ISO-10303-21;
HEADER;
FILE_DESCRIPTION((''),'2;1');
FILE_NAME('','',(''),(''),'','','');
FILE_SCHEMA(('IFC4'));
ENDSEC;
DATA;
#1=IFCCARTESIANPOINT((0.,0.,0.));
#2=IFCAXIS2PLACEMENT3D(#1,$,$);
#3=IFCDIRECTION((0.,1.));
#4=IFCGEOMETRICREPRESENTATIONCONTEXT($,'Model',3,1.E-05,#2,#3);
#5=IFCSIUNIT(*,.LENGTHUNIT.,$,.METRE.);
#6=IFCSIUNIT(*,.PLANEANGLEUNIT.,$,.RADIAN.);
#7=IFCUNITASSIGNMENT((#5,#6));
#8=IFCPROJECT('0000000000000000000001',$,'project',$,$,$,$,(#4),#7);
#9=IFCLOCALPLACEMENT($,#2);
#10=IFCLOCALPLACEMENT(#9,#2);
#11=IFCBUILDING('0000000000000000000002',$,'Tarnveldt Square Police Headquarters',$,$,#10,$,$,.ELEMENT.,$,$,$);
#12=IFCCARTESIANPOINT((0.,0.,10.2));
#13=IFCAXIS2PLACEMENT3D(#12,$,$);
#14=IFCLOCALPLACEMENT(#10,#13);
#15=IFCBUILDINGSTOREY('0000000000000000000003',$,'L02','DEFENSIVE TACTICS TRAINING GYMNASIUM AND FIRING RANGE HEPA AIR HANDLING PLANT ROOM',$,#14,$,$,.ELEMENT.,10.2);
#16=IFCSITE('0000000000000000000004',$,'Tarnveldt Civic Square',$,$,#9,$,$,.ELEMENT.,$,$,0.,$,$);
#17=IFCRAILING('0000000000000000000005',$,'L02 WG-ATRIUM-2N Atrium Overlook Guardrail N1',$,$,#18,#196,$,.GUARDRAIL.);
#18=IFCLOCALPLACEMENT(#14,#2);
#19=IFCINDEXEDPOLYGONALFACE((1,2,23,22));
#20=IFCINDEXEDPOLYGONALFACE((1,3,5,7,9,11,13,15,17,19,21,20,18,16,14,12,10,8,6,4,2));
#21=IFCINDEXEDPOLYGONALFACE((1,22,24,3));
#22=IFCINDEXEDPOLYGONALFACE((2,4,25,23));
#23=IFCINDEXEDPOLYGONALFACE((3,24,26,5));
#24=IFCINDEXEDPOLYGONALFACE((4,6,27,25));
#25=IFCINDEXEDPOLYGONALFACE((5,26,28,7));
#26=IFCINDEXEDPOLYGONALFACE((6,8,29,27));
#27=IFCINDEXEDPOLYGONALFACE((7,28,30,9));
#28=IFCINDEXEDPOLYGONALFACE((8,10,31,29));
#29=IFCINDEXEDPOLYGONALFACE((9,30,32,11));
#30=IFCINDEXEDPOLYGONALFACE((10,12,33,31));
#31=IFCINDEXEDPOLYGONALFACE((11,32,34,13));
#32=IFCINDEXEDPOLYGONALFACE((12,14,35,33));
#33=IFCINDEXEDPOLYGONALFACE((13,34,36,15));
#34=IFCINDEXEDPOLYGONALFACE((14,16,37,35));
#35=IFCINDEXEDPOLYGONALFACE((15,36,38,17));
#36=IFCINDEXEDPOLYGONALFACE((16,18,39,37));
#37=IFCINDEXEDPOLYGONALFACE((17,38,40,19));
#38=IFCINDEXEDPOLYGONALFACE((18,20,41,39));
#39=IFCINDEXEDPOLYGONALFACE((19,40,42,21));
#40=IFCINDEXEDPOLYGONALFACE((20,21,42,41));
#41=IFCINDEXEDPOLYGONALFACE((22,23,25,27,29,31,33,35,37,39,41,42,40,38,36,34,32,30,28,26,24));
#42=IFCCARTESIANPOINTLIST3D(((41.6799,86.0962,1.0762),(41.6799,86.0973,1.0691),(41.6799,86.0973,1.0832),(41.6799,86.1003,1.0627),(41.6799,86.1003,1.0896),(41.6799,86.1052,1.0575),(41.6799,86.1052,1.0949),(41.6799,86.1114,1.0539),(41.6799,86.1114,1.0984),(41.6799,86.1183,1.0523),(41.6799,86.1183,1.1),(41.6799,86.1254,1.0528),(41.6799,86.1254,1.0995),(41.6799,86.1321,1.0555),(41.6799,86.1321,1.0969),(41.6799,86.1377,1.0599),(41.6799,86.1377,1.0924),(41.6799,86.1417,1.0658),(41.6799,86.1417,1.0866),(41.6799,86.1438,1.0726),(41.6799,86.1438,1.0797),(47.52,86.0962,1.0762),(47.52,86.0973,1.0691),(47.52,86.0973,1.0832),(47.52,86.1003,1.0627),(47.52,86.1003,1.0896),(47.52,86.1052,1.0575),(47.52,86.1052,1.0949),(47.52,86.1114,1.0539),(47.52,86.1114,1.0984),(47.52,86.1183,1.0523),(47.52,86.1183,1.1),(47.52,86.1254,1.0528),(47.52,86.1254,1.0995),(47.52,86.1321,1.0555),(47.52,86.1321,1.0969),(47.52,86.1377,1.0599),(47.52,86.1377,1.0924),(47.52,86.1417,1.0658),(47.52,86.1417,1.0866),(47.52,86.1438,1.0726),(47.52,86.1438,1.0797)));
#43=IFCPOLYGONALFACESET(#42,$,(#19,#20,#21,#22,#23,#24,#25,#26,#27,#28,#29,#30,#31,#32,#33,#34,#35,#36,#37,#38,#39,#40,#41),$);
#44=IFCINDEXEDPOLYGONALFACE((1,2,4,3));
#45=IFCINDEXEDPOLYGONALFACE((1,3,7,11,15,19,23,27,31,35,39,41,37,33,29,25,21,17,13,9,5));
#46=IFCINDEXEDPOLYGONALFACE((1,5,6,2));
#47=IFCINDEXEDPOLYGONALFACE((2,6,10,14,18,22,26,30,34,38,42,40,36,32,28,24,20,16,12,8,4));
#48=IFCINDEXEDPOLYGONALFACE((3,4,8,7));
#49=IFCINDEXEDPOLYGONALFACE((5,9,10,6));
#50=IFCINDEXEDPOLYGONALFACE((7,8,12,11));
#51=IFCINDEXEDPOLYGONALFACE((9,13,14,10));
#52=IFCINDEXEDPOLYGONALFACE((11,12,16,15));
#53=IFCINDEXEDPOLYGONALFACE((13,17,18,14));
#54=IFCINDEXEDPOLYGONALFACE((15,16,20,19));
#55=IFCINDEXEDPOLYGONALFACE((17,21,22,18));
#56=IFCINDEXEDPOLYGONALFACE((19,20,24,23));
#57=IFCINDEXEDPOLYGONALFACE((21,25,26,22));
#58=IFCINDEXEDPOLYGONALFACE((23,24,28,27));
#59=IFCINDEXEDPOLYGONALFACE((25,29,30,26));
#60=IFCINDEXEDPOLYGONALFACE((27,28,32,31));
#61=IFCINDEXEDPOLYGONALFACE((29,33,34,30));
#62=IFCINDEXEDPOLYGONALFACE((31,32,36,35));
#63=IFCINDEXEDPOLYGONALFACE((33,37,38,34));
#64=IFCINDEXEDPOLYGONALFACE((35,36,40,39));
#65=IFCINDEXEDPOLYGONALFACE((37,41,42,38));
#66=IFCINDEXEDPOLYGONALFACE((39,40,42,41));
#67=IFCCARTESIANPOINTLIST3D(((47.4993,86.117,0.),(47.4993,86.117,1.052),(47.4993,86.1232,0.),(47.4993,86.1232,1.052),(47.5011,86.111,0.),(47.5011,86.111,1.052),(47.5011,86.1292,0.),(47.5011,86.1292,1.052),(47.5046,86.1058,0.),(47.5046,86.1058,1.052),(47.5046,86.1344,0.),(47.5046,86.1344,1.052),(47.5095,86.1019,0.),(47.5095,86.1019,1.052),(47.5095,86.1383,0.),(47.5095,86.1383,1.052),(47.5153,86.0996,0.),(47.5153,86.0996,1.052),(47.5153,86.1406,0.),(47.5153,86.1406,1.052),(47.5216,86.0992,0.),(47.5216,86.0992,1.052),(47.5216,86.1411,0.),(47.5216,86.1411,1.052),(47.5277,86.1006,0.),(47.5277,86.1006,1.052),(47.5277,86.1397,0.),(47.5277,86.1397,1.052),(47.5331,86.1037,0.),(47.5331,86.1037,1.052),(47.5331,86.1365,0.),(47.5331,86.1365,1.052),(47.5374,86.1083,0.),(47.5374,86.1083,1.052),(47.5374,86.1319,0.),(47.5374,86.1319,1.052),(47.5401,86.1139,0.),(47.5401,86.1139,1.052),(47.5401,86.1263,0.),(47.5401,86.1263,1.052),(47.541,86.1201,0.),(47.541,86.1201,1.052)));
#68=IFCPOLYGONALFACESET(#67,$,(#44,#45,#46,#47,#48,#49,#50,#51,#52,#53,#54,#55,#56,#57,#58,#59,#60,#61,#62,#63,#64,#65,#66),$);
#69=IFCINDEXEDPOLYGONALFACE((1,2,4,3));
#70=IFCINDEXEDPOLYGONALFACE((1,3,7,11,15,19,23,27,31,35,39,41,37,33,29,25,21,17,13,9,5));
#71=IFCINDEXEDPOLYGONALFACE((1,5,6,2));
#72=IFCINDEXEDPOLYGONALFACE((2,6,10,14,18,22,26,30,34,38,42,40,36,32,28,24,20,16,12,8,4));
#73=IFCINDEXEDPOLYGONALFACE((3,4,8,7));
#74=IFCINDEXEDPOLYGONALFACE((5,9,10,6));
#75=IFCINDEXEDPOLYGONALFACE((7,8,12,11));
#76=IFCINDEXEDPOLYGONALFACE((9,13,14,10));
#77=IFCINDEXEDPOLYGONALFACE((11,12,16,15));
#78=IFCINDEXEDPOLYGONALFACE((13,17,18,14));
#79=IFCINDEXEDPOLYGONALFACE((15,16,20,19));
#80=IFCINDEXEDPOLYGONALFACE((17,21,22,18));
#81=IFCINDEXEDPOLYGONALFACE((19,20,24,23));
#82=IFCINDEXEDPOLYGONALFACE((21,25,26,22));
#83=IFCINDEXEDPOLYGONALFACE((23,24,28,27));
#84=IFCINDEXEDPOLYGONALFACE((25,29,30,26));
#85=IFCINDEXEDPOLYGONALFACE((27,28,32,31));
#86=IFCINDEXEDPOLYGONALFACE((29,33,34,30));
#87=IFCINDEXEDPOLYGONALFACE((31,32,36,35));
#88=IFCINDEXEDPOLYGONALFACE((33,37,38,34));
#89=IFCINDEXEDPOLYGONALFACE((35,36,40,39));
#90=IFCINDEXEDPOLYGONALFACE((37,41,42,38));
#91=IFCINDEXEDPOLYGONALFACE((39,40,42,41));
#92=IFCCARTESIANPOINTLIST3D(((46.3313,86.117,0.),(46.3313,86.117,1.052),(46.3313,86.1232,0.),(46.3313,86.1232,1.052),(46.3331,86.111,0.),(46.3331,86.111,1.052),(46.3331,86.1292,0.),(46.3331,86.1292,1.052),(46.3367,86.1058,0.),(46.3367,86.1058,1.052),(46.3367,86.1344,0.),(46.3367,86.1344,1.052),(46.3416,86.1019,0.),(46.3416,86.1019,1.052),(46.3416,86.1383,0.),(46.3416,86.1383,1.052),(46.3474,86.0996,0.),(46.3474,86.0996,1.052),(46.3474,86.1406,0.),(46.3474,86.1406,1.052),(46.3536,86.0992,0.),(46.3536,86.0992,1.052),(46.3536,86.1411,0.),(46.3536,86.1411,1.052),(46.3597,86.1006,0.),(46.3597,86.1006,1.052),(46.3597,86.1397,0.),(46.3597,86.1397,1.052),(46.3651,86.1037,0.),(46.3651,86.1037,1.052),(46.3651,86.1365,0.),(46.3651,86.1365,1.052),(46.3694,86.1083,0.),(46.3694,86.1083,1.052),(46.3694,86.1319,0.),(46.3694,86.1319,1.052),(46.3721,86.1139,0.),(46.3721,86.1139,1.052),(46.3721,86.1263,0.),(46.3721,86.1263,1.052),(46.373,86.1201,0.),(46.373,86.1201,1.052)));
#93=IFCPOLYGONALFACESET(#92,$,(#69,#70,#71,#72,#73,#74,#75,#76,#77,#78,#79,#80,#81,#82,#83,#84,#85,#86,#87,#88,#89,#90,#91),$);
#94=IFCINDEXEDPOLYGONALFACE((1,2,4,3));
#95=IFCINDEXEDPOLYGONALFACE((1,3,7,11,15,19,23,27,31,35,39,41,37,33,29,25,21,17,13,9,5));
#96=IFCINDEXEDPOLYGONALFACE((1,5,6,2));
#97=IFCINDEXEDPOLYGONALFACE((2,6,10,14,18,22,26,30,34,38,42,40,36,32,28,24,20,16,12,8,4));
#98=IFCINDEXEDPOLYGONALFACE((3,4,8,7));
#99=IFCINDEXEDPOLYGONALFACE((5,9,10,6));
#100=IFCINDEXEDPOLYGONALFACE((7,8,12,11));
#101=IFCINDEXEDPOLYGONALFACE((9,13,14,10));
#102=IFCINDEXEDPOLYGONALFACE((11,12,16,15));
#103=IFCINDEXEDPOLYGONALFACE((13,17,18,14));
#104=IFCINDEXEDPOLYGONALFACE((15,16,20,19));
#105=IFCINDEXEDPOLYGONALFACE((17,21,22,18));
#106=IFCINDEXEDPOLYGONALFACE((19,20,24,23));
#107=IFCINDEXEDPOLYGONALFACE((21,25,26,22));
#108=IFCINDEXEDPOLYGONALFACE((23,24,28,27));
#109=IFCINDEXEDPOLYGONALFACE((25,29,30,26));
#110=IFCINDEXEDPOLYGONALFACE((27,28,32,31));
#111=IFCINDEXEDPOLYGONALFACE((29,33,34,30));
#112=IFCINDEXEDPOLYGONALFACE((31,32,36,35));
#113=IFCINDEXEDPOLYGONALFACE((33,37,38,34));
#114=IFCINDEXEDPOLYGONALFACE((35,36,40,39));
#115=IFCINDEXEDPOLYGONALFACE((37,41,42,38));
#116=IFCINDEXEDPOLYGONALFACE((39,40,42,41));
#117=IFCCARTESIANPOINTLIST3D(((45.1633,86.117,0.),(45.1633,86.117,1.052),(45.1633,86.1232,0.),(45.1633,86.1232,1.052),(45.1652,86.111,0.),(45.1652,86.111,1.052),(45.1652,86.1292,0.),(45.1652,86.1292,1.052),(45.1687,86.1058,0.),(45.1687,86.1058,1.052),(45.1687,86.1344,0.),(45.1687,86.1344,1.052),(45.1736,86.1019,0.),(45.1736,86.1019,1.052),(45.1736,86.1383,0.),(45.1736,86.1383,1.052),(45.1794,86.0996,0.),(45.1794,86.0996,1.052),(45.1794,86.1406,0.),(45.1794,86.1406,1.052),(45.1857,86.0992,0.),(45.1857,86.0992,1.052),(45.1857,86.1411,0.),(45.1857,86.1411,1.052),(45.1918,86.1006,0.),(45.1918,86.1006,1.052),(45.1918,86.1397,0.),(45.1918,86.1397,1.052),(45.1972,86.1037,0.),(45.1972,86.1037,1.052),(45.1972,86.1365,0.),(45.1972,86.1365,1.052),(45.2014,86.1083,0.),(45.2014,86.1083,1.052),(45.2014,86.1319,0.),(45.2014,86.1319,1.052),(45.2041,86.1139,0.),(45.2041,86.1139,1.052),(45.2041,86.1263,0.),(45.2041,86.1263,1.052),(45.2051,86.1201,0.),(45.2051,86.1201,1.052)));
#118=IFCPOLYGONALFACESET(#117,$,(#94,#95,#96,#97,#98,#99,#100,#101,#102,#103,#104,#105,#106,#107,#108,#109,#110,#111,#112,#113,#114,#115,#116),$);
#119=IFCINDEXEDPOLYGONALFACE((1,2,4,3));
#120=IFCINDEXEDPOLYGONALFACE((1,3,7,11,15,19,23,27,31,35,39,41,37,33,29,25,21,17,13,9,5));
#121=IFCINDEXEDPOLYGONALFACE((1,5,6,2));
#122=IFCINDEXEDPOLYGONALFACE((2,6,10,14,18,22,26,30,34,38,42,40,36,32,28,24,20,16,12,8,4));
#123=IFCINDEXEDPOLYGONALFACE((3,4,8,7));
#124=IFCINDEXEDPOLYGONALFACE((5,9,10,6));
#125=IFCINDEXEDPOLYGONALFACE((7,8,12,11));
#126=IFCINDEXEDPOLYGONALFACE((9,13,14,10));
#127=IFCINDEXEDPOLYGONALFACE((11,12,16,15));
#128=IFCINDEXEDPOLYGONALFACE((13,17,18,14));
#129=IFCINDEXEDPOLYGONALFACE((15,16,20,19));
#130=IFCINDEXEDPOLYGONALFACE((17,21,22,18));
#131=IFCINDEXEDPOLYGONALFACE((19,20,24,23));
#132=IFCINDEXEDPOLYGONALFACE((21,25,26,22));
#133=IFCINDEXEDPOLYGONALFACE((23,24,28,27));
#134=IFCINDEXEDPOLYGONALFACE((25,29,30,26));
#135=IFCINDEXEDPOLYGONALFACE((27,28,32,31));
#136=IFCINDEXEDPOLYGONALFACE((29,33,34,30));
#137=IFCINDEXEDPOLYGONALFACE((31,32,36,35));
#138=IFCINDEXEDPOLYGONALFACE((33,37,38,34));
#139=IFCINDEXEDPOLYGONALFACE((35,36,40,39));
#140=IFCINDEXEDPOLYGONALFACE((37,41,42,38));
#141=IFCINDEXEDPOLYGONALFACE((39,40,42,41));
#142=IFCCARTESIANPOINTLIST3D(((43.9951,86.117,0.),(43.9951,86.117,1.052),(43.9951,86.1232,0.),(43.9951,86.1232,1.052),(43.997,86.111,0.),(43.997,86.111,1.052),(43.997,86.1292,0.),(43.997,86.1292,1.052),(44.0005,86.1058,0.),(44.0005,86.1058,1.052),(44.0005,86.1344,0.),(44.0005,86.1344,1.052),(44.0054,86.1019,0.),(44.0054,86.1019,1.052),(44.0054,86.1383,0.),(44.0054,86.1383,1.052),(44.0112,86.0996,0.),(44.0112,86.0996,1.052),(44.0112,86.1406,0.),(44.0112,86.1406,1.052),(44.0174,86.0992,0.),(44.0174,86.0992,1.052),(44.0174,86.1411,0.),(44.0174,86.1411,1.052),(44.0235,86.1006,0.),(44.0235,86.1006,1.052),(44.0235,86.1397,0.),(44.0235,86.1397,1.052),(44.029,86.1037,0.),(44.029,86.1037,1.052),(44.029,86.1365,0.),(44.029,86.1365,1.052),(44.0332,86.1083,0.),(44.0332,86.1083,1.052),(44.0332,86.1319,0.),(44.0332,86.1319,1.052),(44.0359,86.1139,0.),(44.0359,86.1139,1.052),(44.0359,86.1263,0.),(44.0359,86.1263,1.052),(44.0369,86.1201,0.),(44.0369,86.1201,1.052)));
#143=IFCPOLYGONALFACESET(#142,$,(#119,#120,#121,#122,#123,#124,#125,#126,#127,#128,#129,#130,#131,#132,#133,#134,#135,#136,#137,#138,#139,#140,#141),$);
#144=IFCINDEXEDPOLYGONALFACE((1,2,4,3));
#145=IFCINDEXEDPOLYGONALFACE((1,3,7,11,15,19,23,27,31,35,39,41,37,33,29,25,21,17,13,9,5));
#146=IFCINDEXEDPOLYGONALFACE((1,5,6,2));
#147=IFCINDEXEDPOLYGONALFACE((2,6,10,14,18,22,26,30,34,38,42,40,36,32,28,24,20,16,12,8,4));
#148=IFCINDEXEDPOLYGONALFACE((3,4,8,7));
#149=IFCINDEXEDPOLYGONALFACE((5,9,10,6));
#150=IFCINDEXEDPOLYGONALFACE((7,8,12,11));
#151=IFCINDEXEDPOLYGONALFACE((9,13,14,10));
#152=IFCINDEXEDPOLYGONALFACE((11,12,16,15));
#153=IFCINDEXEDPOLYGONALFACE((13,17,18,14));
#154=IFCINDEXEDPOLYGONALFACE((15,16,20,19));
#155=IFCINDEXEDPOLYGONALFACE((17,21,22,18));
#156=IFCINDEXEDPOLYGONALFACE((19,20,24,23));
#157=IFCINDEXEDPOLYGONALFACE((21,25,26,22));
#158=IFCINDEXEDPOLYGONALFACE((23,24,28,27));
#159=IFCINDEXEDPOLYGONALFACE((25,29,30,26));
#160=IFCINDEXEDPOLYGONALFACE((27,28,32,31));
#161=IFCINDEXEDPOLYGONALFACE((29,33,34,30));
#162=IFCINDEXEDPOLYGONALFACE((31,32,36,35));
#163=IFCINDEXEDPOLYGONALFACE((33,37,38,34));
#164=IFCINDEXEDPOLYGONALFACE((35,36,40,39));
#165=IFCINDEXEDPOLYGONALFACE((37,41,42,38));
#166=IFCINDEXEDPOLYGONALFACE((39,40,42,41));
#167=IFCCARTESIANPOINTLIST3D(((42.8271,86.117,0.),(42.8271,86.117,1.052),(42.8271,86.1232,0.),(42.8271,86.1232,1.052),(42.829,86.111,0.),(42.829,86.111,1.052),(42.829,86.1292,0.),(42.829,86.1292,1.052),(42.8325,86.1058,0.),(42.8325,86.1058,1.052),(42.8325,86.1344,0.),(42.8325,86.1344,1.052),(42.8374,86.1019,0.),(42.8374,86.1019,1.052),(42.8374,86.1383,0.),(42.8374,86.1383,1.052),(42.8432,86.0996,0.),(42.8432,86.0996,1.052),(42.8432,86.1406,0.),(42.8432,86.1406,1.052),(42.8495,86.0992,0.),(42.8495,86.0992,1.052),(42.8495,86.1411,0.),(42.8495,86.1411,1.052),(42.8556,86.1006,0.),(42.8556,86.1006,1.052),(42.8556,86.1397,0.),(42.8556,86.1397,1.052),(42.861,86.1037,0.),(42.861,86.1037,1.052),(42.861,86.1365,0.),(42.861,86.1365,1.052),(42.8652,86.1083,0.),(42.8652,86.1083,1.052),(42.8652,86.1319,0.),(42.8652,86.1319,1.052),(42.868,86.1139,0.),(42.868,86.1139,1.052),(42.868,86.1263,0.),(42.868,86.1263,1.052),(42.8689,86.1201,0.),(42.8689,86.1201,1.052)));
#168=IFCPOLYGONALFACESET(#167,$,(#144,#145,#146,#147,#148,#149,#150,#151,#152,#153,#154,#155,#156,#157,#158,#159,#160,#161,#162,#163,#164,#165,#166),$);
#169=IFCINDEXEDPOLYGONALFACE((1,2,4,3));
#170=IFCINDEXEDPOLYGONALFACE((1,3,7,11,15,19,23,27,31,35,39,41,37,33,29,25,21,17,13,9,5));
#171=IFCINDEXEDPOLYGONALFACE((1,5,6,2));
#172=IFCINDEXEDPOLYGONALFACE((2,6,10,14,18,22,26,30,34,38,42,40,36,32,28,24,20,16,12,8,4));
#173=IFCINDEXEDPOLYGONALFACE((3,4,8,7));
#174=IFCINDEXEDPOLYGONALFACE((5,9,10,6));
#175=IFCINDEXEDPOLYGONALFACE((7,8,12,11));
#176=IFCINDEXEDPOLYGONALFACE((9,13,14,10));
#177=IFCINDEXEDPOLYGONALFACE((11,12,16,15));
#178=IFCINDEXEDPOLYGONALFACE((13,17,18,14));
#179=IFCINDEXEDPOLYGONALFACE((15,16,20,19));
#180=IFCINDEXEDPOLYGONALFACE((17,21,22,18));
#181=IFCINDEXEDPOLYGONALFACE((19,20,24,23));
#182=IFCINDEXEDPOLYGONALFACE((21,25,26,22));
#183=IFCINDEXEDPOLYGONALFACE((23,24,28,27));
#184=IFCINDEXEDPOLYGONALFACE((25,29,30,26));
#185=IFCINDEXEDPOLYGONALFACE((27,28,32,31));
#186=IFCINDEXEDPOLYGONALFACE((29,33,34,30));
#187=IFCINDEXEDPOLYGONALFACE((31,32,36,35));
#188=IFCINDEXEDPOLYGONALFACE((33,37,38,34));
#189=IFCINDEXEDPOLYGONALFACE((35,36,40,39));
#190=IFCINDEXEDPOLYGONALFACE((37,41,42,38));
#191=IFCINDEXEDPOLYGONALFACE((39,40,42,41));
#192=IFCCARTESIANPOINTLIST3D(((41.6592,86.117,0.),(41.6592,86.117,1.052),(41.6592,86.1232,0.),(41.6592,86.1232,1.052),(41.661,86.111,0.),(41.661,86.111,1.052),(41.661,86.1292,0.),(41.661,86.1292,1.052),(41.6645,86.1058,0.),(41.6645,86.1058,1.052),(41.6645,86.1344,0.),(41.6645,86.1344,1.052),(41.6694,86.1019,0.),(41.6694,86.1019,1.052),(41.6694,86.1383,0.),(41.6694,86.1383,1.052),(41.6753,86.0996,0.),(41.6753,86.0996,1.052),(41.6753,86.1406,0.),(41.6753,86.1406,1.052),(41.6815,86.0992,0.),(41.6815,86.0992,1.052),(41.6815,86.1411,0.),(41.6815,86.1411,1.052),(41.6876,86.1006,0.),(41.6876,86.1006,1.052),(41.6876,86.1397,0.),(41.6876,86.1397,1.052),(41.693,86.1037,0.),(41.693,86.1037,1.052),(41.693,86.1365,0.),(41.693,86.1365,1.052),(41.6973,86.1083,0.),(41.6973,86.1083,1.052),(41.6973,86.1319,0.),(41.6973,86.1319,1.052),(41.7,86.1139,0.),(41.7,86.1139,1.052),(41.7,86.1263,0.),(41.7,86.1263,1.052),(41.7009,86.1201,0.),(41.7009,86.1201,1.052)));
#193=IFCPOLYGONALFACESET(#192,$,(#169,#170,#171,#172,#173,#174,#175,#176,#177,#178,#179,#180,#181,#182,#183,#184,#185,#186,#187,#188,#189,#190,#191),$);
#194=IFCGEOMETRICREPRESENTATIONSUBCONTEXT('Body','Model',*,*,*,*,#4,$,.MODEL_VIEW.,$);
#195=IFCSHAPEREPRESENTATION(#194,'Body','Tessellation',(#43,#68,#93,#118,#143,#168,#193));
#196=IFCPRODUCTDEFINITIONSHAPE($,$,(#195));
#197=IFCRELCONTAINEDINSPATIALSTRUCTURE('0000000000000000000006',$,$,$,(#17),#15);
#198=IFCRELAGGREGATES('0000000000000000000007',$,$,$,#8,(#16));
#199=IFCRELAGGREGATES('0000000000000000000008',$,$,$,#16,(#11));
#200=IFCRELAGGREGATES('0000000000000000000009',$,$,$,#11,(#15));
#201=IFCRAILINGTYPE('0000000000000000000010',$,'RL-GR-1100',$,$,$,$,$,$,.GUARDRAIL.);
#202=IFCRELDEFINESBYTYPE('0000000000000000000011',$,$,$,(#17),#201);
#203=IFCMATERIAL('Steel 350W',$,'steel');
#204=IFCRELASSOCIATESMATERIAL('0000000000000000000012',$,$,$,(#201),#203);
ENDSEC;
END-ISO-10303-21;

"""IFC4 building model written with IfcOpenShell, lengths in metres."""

from ifc_helpers import new_model, si_unit, direction, frame, origin, origin_2d, place, context, subcontext, project, spatial, circle, extrude, material, type_object, element, save


model = new_model("IFC4")

# Units and contexts
model_context = context("Model", 3, precision=1e-05, world=origin(), true_north=direction((0.0, 1.0)))
body_context = subcontext(model_context, "Body", "Model", "MODEL_VIEW")
ifc_project = project(units=[si_unit("LENGTHUNIT", "METRE"), si_unit("PLANEANGLEUNIT", "RADIAN")], contexts=[model_context])

# Site, building, storey
site_placement = place(None, origin())
site = spatial("IfcSite", under=ifc_project, at=site_placement, Name="Tarnveldt Civic Square", CompositionType="ELEMENT", RefElevation=0.0)
building_placement = place(site_placement, origin())
building = spatial("IfcBuilding", under=site, at=building_placement, Name="Tarnveldt Square Police Headquarters", CompositionType="ELEMENT")
storey_placement = place(building_placement, frame((0.0, 0.0, 10.2)))
storey = spatial("IfcBuildingStorey", under=building, at=storey_placement, Name="L02", Description="DEFENSIVE TACTICS TRAINING GYMNASIUM AND FIRING RANGE HEPA AIR HANDLING PLANT ROOM", CompositionType="ELEMENT", Elevation=10.2)

# Shared definitions
ifc_material_1 = material(Name="Steel 350W", Category="steel")

# Railing
railing_type = type_object("IfcRailingType", Name="RL-GR-1100", PredefinedType="GUARDRAIL", material=ifc_material_1)
railing_1_placement = place(storey_placement, frame((47.52, 86.1201, 0.0)))
element("IfcRailing", 1, at=railing_1_placement, inside=storey, type_object=railing_type, Name="L02 WG-ATRIUM-2N Atrium Overlook Guardrail N1", PredefinedType="GUARDRAIL", context=body_context, shape_type="SweptSolid", body=[
    extrude(circle(Radius=0.0239, at=origin_2d()), frame((0.0, 0.0, 1.0762), z_axis=(-1.0, 0.0, 0.0), x_axis=(0.0, -1.0, 0.0)), (0.0, 0.0, 1.0), 5.8401),
    extrude(circle(Radius=0.021, at=origin_2d()), origin(), (0.0, 0.0, 1.0), 1.052),
    extrude(circle(Radius=0.021, at=origin_2d()), frame((-1.168, 0.0, 0.0)), (0.0, 0.0, 1.0), 1.052),
    extrude(circle(Radius=0.021, at=origin_2d()), frame((-2.3359, 0.0, 0.0)), (0.0, 0.0, 1.0), 1.052),
    extrude(circle(Radius=0.021, at=origin_2d()), frame((-3.5042, 0.0, 0.0)), (0.0, 0.0, 1.0), 1.052),
    extrude(circle(Radius=0.021, at=origin_2d()), frame((-4.6721, 0.0, 0.0)), (0.0, 0.0, 1.0), 1.052),
    extrude(circle(Radius=0.021, at=origin_2d()), frame((-5.8401, 0.0, 0.0)), (0.0, 0.0, 1.0), 1.052),
])

save(model, "model.ifc")
